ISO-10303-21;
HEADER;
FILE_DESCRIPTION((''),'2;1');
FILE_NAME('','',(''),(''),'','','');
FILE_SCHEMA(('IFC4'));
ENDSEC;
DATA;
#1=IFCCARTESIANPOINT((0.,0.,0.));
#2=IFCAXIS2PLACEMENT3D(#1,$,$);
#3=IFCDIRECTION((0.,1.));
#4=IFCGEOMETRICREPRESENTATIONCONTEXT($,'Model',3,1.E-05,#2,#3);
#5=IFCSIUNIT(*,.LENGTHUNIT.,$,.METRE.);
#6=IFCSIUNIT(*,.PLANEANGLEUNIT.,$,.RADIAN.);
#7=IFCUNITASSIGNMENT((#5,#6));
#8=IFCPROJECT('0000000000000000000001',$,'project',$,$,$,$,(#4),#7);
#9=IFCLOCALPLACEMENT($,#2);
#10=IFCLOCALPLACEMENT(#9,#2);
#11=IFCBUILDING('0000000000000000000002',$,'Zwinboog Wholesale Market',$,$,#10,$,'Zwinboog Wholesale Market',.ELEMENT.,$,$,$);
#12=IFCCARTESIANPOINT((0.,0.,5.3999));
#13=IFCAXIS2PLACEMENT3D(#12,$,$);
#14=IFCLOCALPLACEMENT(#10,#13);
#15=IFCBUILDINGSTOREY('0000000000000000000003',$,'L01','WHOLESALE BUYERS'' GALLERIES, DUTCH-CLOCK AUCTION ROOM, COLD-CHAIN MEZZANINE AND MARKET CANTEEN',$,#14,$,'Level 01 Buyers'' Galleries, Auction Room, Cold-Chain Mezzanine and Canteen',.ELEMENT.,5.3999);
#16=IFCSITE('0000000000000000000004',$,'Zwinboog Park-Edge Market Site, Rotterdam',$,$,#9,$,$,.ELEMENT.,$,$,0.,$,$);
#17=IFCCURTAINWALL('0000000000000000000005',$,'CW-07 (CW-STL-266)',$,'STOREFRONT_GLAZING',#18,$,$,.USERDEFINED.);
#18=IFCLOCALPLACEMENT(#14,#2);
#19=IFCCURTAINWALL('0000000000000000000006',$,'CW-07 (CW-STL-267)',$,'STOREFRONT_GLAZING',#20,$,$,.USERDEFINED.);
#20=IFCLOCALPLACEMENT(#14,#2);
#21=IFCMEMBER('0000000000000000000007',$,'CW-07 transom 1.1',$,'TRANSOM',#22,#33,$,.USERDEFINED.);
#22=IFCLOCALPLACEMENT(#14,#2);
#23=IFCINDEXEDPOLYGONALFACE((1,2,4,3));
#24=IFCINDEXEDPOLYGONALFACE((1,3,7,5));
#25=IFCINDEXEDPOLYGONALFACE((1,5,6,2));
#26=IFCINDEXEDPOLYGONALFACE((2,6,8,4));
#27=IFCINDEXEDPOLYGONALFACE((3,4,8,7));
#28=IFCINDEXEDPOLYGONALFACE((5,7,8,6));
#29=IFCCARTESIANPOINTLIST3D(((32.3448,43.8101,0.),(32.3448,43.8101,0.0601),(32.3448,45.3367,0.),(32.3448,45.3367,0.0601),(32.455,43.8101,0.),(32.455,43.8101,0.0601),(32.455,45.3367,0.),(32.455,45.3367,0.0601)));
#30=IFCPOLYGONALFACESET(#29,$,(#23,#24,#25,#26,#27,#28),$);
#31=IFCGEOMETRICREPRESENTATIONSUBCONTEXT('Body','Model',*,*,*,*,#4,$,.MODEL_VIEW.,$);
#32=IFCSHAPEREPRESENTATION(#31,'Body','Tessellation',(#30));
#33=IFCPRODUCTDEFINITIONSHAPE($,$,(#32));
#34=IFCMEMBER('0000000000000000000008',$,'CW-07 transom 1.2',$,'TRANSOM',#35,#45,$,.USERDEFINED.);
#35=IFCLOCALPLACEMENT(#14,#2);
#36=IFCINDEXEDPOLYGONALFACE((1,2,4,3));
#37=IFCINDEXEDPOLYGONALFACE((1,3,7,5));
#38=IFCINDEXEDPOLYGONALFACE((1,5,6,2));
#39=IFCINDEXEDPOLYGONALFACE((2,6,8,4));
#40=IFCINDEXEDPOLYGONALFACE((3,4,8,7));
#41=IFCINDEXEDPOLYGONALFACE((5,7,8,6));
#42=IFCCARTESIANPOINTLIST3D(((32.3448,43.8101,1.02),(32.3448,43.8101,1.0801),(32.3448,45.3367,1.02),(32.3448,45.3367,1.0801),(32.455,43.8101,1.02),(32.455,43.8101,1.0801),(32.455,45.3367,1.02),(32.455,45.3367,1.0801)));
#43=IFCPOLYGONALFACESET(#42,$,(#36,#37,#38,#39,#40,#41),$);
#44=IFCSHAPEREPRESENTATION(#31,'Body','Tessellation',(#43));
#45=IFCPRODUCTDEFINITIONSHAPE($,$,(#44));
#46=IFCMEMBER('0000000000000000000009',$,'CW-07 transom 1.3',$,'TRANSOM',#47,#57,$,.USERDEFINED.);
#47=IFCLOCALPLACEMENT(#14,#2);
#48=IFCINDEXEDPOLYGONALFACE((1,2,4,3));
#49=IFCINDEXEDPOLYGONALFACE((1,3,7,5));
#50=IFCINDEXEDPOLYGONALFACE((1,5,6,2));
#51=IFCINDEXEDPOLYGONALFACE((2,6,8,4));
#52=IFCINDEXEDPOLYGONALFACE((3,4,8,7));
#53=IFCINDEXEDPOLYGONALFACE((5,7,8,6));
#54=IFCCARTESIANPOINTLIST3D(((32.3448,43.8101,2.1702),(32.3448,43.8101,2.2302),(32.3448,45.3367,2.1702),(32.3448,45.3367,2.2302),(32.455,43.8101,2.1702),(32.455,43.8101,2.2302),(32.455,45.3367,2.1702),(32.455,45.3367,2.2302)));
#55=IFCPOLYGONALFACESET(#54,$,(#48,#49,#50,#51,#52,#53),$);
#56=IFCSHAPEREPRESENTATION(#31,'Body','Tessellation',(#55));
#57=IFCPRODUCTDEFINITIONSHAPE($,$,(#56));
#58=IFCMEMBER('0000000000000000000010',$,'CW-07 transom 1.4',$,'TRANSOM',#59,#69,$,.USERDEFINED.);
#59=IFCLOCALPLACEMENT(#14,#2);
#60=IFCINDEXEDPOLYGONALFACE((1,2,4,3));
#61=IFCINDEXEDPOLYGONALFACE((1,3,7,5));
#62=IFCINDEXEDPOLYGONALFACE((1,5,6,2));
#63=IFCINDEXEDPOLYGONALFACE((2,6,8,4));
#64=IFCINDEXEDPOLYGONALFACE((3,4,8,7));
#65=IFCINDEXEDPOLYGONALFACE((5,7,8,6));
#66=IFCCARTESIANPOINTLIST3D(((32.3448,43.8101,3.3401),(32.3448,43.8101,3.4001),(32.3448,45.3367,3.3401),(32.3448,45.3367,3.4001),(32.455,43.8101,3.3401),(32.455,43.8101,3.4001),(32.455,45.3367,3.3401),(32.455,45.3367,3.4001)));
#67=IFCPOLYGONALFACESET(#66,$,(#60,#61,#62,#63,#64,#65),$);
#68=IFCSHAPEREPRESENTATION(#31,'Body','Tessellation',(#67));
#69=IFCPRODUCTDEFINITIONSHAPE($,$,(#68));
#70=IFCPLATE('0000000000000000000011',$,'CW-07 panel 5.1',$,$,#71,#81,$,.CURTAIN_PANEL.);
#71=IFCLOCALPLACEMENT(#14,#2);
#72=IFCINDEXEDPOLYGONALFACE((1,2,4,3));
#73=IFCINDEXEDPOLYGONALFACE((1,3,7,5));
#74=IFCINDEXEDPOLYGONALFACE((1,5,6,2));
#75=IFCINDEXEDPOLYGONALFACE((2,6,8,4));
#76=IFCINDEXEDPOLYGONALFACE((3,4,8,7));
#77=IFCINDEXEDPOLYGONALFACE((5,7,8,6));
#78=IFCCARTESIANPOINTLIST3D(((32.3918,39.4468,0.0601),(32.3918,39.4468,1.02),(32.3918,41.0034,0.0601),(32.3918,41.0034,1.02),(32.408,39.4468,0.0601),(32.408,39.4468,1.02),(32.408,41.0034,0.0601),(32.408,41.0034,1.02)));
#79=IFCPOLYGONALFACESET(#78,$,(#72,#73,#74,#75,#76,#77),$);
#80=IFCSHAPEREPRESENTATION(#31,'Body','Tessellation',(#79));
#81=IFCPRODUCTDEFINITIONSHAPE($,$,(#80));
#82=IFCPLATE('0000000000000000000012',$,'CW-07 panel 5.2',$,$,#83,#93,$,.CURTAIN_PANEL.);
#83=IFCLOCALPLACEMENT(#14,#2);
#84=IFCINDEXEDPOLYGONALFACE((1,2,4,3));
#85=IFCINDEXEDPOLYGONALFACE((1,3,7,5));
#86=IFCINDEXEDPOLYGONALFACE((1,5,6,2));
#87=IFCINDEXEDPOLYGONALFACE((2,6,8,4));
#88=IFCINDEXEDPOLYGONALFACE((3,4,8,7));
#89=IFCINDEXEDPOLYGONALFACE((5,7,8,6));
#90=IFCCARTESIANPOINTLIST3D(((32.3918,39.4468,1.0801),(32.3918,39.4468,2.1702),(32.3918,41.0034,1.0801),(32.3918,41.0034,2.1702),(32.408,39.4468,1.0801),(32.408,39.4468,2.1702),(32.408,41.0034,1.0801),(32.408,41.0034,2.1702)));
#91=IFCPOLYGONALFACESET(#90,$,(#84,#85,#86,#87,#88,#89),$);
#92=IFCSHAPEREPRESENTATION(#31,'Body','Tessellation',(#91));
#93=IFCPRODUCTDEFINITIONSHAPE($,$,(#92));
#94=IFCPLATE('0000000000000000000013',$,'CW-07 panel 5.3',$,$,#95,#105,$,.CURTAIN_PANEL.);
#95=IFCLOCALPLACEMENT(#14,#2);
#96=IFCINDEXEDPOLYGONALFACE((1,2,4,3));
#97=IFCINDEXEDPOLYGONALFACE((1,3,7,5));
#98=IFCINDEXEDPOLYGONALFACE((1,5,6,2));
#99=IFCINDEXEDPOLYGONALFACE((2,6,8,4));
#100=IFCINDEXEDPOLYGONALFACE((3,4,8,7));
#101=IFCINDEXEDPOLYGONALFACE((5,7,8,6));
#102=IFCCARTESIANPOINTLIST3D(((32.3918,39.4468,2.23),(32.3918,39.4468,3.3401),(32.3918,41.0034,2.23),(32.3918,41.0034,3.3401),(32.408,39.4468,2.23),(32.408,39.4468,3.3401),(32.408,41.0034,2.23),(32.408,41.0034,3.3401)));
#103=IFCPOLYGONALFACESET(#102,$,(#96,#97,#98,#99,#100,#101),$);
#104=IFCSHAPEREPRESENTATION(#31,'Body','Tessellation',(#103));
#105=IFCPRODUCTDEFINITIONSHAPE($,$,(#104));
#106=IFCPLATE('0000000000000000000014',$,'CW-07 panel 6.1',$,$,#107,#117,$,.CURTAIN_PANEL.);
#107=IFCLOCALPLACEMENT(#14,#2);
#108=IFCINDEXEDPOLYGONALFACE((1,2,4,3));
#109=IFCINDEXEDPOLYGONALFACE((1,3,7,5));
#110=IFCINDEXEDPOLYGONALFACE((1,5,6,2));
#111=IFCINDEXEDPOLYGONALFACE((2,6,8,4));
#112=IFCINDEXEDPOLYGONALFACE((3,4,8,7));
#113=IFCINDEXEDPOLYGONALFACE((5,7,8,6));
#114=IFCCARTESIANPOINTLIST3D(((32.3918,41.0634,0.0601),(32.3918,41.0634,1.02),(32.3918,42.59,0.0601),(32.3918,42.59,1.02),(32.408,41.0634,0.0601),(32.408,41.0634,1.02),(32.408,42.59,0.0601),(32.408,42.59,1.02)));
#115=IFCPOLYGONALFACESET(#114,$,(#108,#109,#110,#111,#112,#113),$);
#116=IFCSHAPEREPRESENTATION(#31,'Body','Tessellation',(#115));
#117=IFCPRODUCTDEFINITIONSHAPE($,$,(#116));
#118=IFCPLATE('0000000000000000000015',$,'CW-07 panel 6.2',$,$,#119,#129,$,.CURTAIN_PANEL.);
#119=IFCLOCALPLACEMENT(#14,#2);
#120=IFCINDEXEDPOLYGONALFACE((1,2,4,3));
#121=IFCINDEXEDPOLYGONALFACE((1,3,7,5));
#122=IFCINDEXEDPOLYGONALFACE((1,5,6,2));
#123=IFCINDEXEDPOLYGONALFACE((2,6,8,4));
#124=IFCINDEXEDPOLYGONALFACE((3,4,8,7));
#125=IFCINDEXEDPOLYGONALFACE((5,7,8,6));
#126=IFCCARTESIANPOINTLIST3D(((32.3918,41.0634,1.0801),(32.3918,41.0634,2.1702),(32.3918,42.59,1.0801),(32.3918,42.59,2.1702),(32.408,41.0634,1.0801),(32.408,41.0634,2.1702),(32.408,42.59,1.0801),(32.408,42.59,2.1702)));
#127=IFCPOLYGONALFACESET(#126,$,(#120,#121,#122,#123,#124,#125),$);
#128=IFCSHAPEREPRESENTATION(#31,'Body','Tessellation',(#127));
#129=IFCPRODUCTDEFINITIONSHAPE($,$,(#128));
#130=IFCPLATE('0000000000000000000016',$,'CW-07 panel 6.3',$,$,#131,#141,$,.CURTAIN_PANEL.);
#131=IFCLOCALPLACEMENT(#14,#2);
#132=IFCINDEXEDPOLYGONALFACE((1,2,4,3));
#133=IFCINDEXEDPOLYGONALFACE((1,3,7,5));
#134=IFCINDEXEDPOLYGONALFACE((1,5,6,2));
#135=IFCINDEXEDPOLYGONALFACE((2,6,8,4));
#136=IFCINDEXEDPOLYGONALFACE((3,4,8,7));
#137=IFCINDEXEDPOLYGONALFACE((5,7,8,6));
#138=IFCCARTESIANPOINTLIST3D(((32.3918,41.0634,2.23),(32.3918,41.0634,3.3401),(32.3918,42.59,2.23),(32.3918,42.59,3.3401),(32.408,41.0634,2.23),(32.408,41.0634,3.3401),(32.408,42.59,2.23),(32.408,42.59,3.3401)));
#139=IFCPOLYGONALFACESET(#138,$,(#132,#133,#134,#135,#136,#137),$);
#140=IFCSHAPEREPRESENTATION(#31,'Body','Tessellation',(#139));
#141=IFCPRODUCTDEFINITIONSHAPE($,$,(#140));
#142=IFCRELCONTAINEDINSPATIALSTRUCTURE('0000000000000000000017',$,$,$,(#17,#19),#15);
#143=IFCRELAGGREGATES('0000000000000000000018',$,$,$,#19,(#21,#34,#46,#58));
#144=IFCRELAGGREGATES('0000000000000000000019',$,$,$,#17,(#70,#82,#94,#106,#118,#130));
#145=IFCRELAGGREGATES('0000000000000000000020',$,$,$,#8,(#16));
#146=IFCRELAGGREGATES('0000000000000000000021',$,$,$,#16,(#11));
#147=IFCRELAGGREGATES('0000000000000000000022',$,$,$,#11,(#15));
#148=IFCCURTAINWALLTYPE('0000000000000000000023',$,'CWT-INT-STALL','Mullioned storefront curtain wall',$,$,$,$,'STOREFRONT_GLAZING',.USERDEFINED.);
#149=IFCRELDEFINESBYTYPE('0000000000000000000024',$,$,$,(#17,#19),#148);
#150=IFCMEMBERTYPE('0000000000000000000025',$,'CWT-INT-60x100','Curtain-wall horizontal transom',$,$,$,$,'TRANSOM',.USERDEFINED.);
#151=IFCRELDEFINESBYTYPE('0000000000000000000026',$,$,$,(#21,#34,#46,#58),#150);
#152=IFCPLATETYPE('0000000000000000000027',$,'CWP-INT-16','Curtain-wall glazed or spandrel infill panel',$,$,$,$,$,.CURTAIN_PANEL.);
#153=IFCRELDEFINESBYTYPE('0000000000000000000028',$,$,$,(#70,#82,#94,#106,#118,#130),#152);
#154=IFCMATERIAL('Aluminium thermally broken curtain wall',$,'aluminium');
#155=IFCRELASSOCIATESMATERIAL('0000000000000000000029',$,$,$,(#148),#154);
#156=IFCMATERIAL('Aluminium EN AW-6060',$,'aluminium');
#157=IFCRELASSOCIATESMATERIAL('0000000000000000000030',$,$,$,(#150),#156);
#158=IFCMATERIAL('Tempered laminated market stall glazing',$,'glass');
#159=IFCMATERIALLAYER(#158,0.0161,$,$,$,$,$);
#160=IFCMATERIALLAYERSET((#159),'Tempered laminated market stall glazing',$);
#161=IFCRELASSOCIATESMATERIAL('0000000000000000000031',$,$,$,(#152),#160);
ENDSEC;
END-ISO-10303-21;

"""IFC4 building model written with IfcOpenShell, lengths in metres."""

from ifc_helpers import new_model, si_unit, direction, frame, origin, origin_2d, place, context, subcontext, project, spatial, rectangle, extrude, material, layer, layer_set, material_profile, profile_set, type_object, element, aggregate, save


model = new_model("IFC4")

# Units and contexts
model_context = context("Model", 3, precision=1e-05, world=origin(), true_north=direction((0.0, 1.0)))
body_context = subcontext(model_context, "Body", "Model", "MODEL_VIEW")
ifc_project = project(units=[si_unit("LENGTHUNIT", "METRE"), si_unit("PLANEANGLEUNIT", "RADIAN")], contexts=[model_context])

# Site, building, storey
site_placement = place(None, origin())
site = spatial("IfcSite", under=ifc_project, at=site_placement, Name="Zwinboog Park-Edge Market Site, Rotterdam", CompositionType="ELEMENT", RefElevation=0.0)
building_placement = place(site_placement, origin())
building = spatial("IfcBuilding", under=site, at=building_placement, Name="Zwinboog Wholesale Market", LongName="Zwinboog Wholesale Market", CompositionType="ELEMENT")
storey_placement = place(building_placement, frame((0.0, 0.0, 5.3999)))
storey = spatial("IfcBuildingStorey", under=building, at=storey_placement, Name="L01", Description="WHOLESALE BUYERS' GALLERIES, DUTCH-CLOCK AUCTION ROOM, COLD-CHAIN MEZZANINE AND MARKET CANTEEN", LongName="Level 01 Buyers' Galleries, Auction Room, Cold-Chain Mezzanine and Canteen", CompositionType="ELEMENT", Elevation=5.3999)

# Curtain wall
ifc_material_1 = material(Name="Aluminium thermally broken curtain wall", Category="aluminium")
curtain_wall_type = type_object("IfcCurtainWallType", Name="CWT-INT-STALL", Description="Mullioned storefront curtain wall", ElementType="STOREFRONT_GLAZING", PredefinedType="USERDEFINED", material=ifc_material_1)
curtain_wall_1_placement = place(storey_placement, origin())
curtain_wall_1 = element("IfcCurtainWall", 1, at=curtain_wall_1_placement, inside=storey, type_object=curtain_wall_type, Name="CW-07 (CW-STL-266)", ObjectType="STOREFRONT_GLAZING", PredefinedType="USERDEFINED")
ifc_material_2 = material(Name="Aluminium EN AW-6060", Category="aluminium")

# Curtain wall
curtain_wall_2_placement = place(storey_placement, origin())
curtain_wall_2 = element("IfcCurtainWall", 2, at=curtain_wall_2_placement, inside=storey, type_object=curtain_wall_type, Name="CW-07 (CW-STL-267)", ObjectType="STOREFRONT_GLAZING", PredefinedType="USERDEFINED")

# Members
ifc_material_profile_1 = material_profile(ifc_material_2, rectangle(XDim=0.1101, YDim=0.0601, at=origin_2d()), Name="AL 60x110")
ifc_profile_set_1 = profile_set([ifc_material_profile_1], Name="Aluminium EN AW-6060")
member_type_1 = type_object("IfcMemberType", Name="CWT-INT-60x100", Description="Curtain-wall horizontal transom", ElementType="TRANSOM", PredefinedType="USERDEFINED", material=ifc_profile_set_1)
member_1_placement = place(storey_placement, frame((32.3999, 43.8101, 0.03), z_axis=(0.0, 1.0, 0.0), x_axis=(-1.0, 0.0, 0.0)))
member_1 = element("IfcMember", 3, at=member_1_placement, type_object=member_type_1, Name="CW-07 transom 1.1", ObjectType="TRANSOM", PredefinedType="USERDEFINED", context=body_context, shape_type="SweptSolid", body=[
    extrude(rectangle(XDim=0.1101, YDim=0.0601, at=origin_2d()), origin(), (0.0, 0.0, 1.0), 1.5266),
])
member_2_placement = place(storey_placement, frame((32.3999, 43.8101, 1.05), z_axis=(0.0, 1.0, 0.0), x_axis=(-1.0, 0.0, 0.0)))
member_2 = element("IfcMember", 4, at=member_2_placement, type_object=member_type_1, Name="CW-07 transom 1.2", ObjectType="TRANSOM", PredefinedType="USERDEFINED", context=body_context, shape_type="SweptSolid", body=[
    extrude(rectangle(XDim=0.1101, YDim=0.0601, at=origin_2d()), origin(), (0.0, 0.0, 1.0), 1.5266),
])
member_3_placement = place(storey_placement, frame((32.3999, 43.8101, 2.2002), z_axis=(0.0, 1.0, 0.0), x_axis=(-1.0, 0.0, 0.0)))
member_3 = element("IfcMember", 5, at=member_3_placement, type_object=member_type_1, Name="CW-07 transom 1.3", ObjectType="TRANSOM", PredefinedType="USERDEFINED", context=body_context, shape_type="SweptSolid", body=[
    extrude(rectangle(XDim=0.1101, YDim=0.0601, at=origin_2d()), origin(), (0.0, 0.0, 1.0), 1.5266),
])
member_4_placement = place(storey_placement, frame((32.3999, 43.8101, 3.3701), z_axis=(0.0, 1.0, 0.0), x_axis=(-1.0, 0.0, 0.0)))
member_4 = element("IfcMember", 6, at=member_4_placement, type_object=member_type_1, Name="CW-07 transom 1.4", ObjectType="TRANSOM", PredefinedType="USERDEFINED", context=body_context, shape_type="SweptSolid", body=[
    extrude(rectangle(XDim=0.1101, YDim=0.0601, at=origin_2d()), origin(), (0.0, 0.0, 1.0), 1.5266),
])
aggregate(curtain_wall_2, [member_1, member_2, member_3, member_4])

# Plates
ifc_material_3 = material(Name="Tempered laminated market stall glazing", Category="glass")
ifc_layer = layer(ifc_material_3, 0.0161)
ifc_layer_set = layer_set([ifc_layer], Name="Tempered laminated market stall glazing")
plate_type = type_object("IfcPlateType", Name="CWP-INT-16", Description="Curtain-wall glazed or spandrel infill panel", PredefinedType="CURTAIN_PANEL", material=ifc_layer_set)
plate_1_placement = place(storey_placement, frame((32.3999, 40.2251, 0.0601), z_axis=(0.0, 0.0, 1.0), x_axis=(0.0, 1.0, 0.0)))
plate_1 = element("IfcPlate", 7, at=plate_1_placement, type_object=plate_type, Name="CW-07 panel 5.1", PredefinedType="CURTAIN_PANEL", context=body_context, shape_type="SweptSolid", body=[
    extrude(rectangle(XDim=1.5566, YDim=0.0161, at=origin_2d()), origin(), (0.0, 0.0, 1.0), 0.96),
])
plate_2_placement = place(storey_placement, frame((32.3999, 40.2251, 1.0801), z_axis=(0.0, 0.0, 1.0), x_axis=(0.0, 1.0, 0.0)))
plate_2 = element("IfcPlate", 8, at=plate_2_placement, type_object=plate_type, Name="CW-07 panel 5.2", PredefinedType="CURTAIN_PANEL", context=body_context, shape_type="SweptSolid", body=[
    extrude(rectangle(XDim=1.5566, YDim=0.0161, at=origin_2d()), origin(), (0.0, 0.0, 1.0), 1.0901),
])
plate_3_placement = place(storey_placement, frame((32.3999, 40.2251, 2.23), z_axis=(0.0, 0.0, 1.0), x_axis=(0.0, 1.0, 0.0)))
plate_3 = element("IfcPlate", 9, at=plate_3_placement, type_object=plate_type, Name="CW-07 panel 5.3", PredefinedType="CURTAIN_PANEL", context=body_context, shape_type="SweptSolid", body=[
    extrude(rectangle(XDim=1.5566, YDim=0.0161, at=origin_2d()), origin(), (0.0, 0.0, 1.0), 1.1101),
])
plate_4_placement = place(storey_placement, frame((32.3999, 41.8267, 0.0601), z_axis=(0.0, 0.0, 1.0), x_axis=(0.0, 1.0, 0.0)))
plate_4 = element("IfcPlate", 10, at=plate_4_placement, type_object=plate_type, Name="CW-07 panel 6.1", PredefinedType="CURTAIN_PANEL", context=body_context, shape_type="SweptSolid", body=[
    extrude(rectangle(XDim=1.5266, YDim=0.0161, at=origin_2d()), origin(), (0.0, 0.0, 1.0), 0.96),
])
plate_5_placement = place(storey_placement, frame((32.3999, 41.8267, 1.0801), z_axis=(0.0, 0.0, 1.0), x_axis=(0.0, 1.0, 0.0)))
plate_5 = element("IfcPlate", 11, at=plate_5_placement, type_object=plate_type, Name="CW-07 panel 6.2", PredefinedType="CURTAIN_PANEL", context=body_context, shape_type="SweptSolid", body=[
    extrude(rectangle(XDim=1.5266, YDim=0.0161, at=origin_2d()), origin(), (0.0, 0.0, 1.0), 1.0901),
])
plate_6_placement = place(storey_placement, frame((32.3999, 41.8267, 2.23), z_axis=(0.0, 0.0, 1.0), x_axis=(0.0, 1.0, 0.0)))
plate_6 = element("IfcPlate", 12, at=plate_6_placement, type_object=plate_type, Name="CW-07 panel 6.3", PredefinedType="CURTAIN_PANEL", context=body_context, shape_type="SweptSolid", body=[
    extrude(rectangle(XDim=1.5266, YDim=0.0161, at=origin_2d()), origin(), (0.0, 0.0, 1.0), 1.1101),
])
aggregate(curtain_wall_1, [plate_1, plate_2, plate_3, plate_4, plate_5, plate_6])

save(model, "model.ifc")
